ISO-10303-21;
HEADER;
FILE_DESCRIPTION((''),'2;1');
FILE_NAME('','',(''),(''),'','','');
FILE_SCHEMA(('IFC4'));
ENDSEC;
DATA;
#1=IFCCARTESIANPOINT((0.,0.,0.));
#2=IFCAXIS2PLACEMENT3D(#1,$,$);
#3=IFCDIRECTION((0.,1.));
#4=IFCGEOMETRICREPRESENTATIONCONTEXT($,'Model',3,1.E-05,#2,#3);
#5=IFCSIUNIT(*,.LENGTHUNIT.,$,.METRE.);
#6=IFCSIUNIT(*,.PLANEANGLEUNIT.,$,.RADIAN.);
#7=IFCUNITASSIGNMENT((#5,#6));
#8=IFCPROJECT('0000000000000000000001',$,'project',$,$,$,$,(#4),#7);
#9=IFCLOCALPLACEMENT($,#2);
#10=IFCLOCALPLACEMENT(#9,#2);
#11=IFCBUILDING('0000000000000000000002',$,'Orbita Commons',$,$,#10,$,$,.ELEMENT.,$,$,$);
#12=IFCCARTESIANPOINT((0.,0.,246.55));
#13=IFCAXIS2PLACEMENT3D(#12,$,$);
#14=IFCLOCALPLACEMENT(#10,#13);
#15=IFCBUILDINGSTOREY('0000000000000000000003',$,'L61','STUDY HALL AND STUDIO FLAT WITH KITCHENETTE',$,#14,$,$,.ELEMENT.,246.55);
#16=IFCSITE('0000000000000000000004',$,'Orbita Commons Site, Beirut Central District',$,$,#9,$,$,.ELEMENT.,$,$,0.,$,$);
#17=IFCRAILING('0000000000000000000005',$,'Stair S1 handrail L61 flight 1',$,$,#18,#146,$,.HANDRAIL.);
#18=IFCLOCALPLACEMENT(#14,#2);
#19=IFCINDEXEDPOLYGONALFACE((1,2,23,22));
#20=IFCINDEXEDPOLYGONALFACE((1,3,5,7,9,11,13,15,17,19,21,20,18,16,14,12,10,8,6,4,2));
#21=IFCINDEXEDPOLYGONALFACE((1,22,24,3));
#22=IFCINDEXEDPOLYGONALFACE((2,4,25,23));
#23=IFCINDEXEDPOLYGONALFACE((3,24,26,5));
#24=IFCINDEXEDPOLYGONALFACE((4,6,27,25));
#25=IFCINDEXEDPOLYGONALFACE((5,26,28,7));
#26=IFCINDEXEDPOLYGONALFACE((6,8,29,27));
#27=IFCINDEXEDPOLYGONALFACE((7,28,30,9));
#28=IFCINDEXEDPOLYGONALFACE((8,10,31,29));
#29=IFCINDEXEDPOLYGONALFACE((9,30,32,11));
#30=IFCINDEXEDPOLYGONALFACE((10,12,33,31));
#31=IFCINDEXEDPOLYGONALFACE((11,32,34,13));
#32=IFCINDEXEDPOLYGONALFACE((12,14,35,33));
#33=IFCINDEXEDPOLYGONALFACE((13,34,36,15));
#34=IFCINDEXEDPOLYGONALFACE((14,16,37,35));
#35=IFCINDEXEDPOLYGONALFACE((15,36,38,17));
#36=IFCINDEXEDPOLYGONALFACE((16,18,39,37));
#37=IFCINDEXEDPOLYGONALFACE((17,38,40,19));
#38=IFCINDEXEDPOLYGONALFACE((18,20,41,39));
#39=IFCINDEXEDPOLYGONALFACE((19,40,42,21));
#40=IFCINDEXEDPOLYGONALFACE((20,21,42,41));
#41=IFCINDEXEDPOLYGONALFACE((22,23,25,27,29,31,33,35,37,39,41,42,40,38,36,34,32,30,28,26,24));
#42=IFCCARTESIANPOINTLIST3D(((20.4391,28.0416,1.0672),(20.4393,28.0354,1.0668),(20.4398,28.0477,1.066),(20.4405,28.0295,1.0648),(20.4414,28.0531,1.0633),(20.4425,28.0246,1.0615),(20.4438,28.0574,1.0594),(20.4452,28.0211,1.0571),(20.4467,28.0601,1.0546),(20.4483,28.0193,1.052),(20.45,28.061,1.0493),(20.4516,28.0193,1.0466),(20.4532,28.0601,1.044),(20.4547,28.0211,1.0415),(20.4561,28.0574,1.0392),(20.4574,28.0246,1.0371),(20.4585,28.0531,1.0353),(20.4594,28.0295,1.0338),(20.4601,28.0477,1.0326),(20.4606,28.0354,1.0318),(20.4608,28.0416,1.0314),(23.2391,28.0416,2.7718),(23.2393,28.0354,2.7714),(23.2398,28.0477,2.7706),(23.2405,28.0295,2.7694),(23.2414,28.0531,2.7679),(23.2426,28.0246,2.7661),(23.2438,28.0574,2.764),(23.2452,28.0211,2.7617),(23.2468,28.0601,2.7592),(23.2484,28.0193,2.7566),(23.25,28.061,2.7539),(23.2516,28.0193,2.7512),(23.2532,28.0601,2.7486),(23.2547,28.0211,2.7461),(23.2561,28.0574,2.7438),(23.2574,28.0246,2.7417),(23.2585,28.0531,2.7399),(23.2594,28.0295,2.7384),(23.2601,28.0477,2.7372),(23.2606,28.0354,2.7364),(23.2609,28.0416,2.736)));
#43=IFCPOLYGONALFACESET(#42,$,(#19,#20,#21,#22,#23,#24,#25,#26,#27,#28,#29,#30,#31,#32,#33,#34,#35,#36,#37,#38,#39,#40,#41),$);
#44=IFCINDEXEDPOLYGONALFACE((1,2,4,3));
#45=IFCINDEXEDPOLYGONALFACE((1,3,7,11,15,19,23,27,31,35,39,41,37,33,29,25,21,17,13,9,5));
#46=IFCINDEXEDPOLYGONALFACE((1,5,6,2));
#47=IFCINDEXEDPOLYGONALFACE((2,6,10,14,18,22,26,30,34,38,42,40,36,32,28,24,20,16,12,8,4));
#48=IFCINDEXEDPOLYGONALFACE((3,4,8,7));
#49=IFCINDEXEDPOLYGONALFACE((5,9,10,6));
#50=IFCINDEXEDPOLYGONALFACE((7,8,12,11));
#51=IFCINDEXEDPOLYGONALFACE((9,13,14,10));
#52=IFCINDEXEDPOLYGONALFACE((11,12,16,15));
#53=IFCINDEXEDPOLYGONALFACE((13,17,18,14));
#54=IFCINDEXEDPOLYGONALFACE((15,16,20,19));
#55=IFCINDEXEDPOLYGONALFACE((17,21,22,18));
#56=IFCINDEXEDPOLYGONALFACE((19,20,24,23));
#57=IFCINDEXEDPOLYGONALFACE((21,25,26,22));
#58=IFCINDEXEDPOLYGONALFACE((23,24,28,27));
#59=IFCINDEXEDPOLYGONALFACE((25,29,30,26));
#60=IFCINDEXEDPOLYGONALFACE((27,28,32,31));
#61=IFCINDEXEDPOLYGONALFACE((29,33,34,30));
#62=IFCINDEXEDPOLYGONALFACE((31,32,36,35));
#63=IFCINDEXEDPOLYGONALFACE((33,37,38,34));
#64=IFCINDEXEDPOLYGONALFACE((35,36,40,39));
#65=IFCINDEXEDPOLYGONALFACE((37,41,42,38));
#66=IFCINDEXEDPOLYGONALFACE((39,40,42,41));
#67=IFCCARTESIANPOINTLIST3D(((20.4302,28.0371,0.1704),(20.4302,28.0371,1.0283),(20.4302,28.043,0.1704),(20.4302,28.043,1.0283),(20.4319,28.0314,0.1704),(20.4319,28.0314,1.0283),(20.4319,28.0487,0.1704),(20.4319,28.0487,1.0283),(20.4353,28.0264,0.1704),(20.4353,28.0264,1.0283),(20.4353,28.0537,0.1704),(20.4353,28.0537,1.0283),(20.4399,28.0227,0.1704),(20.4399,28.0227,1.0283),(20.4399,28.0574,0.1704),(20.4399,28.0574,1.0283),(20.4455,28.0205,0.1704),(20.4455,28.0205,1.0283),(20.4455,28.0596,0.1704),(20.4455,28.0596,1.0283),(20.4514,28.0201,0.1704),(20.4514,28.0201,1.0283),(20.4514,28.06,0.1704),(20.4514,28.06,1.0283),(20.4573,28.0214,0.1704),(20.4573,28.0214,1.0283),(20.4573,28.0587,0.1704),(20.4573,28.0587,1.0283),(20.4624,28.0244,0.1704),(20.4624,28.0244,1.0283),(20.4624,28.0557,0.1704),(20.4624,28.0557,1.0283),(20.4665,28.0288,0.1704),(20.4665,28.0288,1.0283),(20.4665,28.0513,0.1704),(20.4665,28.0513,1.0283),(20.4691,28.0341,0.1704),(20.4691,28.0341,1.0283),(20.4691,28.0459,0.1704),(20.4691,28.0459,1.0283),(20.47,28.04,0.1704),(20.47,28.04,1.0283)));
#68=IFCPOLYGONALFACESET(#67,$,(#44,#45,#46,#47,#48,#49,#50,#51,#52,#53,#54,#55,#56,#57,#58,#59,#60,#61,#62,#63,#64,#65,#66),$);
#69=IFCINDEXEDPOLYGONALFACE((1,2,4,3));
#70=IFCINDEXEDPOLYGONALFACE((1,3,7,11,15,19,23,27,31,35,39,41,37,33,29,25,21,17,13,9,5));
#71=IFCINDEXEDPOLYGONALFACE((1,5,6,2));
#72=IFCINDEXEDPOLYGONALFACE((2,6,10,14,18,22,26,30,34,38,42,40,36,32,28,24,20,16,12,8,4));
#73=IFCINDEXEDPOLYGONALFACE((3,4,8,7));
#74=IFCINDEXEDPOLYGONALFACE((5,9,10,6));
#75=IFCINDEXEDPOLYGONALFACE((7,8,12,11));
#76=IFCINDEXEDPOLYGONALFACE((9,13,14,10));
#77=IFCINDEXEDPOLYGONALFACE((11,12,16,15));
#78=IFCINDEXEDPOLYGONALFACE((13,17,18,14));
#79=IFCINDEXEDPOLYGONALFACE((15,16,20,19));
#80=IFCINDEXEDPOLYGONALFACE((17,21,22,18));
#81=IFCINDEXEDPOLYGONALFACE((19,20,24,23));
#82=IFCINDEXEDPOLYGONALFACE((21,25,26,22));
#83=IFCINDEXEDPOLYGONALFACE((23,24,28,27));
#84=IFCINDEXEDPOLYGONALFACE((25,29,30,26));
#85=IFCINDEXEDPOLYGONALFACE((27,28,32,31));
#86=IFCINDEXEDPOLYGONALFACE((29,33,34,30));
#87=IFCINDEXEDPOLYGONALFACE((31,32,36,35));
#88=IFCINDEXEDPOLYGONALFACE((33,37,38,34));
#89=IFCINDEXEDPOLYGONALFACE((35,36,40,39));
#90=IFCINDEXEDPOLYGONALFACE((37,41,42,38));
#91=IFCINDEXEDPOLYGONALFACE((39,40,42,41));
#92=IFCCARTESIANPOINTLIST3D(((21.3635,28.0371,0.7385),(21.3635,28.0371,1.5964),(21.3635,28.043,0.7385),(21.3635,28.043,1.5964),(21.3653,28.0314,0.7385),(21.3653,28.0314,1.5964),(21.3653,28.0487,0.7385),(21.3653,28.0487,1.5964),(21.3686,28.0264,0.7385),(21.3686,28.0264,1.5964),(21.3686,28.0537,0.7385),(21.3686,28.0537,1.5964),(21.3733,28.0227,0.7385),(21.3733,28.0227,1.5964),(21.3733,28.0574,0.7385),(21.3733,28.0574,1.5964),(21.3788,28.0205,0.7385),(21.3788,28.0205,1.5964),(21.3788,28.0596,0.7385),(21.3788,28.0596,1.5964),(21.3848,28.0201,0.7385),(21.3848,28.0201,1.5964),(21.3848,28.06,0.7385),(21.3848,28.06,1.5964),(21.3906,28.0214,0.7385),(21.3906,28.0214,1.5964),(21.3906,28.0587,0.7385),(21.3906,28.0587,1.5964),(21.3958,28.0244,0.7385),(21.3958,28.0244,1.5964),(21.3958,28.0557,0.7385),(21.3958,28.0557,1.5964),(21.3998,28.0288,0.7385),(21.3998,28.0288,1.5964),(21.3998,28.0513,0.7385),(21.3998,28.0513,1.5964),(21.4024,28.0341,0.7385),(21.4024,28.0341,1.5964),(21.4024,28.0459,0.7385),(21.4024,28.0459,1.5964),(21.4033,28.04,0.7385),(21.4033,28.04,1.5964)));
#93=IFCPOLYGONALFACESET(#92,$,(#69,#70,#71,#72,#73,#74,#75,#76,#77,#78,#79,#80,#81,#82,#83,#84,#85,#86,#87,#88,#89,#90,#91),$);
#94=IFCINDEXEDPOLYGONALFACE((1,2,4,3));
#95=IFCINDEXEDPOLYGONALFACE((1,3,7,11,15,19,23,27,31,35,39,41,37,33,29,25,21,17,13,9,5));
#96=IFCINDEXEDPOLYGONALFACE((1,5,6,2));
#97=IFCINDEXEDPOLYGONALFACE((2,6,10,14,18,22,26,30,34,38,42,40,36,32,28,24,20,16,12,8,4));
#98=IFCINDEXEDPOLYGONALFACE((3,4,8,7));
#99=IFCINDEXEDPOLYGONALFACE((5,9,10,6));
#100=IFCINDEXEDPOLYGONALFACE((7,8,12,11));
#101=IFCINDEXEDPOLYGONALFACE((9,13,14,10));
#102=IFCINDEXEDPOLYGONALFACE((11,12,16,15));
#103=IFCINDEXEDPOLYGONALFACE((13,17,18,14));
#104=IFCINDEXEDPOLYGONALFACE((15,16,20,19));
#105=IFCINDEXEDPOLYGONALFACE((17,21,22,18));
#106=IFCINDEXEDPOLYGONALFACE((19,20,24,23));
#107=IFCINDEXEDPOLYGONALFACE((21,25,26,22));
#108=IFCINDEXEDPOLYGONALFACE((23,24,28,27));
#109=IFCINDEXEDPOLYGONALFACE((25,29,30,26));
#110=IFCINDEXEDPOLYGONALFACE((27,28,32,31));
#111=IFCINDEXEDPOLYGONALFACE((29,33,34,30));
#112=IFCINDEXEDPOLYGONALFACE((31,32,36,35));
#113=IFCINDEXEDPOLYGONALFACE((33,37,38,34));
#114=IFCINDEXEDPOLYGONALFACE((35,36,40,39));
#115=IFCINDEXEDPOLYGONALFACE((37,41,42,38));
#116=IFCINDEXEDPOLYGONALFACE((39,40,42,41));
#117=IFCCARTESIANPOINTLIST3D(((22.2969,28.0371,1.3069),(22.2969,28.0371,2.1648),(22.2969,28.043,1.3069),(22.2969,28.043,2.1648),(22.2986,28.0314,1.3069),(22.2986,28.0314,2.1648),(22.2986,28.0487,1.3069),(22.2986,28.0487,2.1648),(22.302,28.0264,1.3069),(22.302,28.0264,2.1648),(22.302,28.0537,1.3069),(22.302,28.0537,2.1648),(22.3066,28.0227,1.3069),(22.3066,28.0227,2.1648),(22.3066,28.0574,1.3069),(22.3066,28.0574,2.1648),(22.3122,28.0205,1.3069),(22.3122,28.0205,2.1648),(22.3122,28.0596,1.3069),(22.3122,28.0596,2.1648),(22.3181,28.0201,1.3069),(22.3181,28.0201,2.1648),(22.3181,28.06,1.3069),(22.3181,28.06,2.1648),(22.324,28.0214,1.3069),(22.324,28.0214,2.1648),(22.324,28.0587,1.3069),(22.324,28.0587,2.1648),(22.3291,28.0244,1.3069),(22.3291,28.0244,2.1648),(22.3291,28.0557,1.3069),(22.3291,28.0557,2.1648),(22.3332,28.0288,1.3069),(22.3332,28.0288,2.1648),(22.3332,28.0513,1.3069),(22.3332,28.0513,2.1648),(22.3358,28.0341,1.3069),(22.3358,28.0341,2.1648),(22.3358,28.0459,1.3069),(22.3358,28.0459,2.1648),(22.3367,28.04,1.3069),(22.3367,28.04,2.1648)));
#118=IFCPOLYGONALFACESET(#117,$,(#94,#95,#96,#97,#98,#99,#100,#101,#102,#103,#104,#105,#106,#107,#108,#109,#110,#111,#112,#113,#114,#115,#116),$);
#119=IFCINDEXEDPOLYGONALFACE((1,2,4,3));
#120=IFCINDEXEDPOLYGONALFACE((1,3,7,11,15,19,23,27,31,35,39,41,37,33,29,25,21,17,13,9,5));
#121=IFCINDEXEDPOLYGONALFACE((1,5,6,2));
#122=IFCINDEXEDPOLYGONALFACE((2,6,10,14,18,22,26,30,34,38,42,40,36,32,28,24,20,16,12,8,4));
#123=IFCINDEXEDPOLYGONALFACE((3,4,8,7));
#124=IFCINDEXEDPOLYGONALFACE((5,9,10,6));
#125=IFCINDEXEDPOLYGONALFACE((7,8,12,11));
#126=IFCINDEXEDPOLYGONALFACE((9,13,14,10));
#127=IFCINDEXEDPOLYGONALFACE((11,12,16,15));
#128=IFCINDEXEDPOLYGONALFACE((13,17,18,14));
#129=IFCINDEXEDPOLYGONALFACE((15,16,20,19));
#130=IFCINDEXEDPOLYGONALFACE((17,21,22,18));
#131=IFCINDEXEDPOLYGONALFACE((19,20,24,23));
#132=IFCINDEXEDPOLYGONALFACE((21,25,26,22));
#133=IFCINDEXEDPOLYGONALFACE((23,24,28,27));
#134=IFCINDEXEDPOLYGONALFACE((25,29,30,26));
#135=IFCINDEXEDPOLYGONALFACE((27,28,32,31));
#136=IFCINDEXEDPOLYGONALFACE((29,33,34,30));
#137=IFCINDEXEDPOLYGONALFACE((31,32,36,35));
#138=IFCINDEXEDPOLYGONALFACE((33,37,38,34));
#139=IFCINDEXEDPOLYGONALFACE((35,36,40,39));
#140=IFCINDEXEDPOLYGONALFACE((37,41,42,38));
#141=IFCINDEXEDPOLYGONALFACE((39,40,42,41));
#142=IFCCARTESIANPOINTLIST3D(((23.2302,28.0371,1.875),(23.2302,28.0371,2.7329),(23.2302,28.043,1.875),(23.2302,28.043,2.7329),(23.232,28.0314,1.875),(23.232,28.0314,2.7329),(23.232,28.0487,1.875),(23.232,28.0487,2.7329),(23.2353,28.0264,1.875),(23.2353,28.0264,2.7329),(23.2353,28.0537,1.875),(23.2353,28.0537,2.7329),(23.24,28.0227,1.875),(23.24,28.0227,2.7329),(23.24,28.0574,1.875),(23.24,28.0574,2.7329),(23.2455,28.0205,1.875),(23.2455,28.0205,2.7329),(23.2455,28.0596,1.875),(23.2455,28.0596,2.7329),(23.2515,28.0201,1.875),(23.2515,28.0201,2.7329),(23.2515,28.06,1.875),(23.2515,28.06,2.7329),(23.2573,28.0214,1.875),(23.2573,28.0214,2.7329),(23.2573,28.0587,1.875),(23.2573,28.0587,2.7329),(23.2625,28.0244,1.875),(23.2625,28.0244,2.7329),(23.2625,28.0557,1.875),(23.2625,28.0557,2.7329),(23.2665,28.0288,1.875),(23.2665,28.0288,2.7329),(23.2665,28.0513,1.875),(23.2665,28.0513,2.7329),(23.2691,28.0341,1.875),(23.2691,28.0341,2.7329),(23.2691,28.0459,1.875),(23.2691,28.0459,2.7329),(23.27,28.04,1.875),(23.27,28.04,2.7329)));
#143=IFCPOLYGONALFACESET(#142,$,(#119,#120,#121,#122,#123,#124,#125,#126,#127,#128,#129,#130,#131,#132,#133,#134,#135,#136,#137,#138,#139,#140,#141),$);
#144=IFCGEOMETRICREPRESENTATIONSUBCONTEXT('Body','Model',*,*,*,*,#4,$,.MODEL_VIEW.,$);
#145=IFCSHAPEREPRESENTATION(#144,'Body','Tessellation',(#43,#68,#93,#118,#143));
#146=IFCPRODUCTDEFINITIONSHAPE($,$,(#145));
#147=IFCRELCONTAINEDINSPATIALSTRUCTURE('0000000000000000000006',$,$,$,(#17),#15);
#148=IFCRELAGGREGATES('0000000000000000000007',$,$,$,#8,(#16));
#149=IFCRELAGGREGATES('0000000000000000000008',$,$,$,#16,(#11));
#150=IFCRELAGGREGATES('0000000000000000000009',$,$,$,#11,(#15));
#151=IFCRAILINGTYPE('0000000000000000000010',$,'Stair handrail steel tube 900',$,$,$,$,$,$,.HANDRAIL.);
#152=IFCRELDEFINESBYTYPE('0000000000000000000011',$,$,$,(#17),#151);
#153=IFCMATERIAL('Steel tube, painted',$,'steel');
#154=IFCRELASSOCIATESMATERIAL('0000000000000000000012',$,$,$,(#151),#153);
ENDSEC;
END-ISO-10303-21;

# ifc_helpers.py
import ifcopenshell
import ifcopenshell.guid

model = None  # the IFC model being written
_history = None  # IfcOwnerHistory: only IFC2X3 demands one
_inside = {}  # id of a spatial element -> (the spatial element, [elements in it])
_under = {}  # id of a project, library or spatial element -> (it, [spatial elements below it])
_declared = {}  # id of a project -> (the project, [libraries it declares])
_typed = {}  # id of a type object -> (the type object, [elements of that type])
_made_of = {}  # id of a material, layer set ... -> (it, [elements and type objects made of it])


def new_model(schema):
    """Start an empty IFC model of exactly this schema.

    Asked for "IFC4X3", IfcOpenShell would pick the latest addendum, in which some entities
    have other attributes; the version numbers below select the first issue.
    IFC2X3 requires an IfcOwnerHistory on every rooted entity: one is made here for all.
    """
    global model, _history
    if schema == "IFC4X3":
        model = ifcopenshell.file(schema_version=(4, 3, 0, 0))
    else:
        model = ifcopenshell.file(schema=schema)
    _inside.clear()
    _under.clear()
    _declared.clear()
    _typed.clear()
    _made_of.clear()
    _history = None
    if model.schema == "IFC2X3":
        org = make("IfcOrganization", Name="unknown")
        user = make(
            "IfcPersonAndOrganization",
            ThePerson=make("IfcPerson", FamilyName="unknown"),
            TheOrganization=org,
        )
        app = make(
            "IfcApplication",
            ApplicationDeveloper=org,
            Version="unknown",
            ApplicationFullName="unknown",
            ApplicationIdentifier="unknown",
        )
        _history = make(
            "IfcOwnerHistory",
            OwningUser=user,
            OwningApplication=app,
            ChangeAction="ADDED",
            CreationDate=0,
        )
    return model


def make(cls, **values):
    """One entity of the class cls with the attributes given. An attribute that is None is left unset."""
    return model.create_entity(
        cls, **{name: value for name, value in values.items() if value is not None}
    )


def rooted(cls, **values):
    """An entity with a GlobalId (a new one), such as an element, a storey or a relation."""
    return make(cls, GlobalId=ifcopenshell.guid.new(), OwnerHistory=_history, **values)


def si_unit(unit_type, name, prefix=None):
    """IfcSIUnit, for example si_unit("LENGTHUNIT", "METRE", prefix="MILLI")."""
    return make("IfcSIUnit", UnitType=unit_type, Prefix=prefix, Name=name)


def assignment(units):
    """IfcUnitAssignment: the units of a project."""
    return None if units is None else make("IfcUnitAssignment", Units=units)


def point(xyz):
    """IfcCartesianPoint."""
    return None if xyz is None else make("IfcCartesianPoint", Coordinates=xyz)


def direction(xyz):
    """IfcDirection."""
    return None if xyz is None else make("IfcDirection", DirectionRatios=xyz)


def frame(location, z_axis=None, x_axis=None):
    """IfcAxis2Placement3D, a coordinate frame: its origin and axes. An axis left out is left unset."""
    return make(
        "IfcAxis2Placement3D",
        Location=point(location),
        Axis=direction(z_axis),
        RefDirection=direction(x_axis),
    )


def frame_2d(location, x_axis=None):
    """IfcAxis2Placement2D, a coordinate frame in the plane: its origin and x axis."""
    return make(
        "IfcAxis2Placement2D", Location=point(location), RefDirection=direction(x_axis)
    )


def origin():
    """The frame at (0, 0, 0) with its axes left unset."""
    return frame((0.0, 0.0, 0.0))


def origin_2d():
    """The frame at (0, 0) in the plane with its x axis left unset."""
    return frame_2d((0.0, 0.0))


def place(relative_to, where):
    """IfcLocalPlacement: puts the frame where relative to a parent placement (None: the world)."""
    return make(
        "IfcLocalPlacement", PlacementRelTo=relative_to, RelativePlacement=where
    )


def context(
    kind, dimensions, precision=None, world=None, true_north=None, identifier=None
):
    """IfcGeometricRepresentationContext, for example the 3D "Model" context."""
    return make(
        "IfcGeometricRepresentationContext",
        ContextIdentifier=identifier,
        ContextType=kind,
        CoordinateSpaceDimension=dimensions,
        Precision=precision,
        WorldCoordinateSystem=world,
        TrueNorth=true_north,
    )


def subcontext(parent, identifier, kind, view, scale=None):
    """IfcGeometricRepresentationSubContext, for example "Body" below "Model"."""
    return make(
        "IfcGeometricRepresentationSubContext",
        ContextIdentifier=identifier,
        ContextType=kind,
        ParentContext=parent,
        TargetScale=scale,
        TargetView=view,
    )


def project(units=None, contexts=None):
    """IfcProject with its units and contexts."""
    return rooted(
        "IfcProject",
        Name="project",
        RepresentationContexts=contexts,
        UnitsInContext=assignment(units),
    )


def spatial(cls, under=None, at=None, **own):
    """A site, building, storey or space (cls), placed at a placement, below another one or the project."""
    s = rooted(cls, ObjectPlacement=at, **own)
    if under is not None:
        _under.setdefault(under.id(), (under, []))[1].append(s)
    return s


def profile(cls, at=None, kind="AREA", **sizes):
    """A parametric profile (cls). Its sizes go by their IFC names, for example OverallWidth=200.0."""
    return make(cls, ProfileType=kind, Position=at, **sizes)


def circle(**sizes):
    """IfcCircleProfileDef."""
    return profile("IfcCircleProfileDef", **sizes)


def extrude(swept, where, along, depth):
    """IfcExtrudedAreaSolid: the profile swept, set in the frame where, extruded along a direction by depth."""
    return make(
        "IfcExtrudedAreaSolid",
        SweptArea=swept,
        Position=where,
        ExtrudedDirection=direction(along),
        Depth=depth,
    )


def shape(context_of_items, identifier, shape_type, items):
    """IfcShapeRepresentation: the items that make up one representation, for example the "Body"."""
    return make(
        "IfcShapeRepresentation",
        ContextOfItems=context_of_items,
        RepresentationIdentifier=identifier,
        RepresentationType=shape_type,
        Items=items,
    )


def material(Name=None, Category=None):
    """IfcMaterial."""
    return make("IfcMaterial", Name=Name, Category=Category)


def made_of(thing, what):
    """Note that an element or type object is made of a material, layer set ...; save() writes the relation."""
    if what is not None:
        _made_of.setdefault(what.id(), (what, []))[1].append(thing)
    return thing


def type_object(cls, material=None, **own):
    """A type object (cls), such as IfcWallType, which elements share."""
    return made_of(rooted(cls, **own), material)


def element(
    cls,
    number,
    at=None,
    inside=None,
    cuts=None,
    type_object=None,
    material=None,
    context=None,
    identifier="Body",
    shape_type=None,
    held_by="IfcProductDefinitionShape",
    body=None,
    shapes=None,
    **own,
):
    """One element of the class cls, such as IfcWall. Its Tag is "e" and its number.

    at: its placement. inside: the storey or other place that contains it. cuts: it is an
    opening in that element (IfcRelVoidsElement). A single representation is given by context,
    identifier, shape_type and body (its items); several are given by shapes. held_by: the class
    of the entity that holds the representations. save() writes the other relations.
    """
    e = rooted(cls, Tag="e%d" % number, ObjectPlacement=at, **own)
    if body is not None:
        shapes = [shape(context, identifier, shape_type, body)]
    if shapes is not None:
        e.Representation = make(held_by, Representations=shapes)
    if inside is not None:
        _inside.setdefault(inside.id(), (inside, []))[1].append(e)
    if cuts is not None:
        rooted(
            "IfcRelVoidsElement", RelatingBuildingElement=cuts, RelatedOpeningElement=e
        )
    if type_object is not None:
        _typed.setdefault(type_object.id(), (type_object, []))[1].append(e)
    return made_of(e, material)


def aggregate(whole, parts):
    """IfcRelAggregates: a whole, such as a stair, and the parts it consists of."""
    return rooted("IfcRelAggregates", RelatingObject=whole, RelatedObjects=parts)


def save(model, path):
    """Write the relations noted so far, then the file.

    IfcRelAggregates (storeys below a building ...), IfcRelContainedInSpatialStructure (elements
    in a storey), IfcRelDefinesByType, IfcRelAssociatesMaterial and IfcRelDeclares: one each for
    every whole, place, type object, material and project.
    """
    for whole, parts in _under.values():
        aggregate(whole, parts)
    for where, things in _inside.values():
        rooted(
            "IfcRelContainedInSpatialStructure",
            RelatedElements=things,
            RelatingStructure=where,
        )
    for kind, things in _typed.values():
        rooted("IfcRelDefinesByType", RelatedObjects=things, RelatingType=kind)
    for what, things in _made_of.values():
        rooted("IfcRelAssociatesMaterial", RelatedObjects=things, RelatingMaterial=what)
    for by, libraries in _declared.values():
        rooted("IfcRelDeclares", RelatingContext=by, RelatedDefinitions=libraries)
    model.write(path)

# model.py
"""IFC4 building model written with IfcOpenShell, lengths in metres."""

from ifc_helpers import new_model, si_unit, direction, frame, origin, origin_2d, place, context, subcontext, project, spatial, circle, extrude, material, type_object, element, save


model = new_model("IFC4")

# Units and contexts
model_context = context("Model", 3, precision=1e-05, world=origin(), true_north=direction((0.0, 1.0)))
body_context = subcontext(model_context, "Body", "Model", "MODEL_VIEW")
ifc_project = project(units=[si_unit("LENGTHUNIT", "METRE"), si_unit("PLANEANGLEUNIT", "RADIAN")], contexts=[model_context])

# Site, building, storey
site_placement = place(None, origin())
site = spatial("IfcSite", under=ifc_project, at=site_placement, Name="Orbita Commons Site, Beirut Central District", CompositionType="ELEMENT", RefElevation=0.0)
building_placement = place(site_placement, origin())
building = spatial("IfcBuilding", under=site, at=building_placement, Name="Orbita Commons", CompositionType="ELEMENT")
storey_placement = place(building_placement, frame((0.0, 0.0, 246.55)))
storey = spatial("IfcBuildingStorey", under=building, at=storey_placement, Name="L61", Description="STUDY HALL AND STUDIO FLAT WITH KITCHENETTE", CompositionType="ELEMENT", Elevation=246.55)

# Railing
ifc_material_1 = material(Name="Steel tube, painted", Category="steel")
railing_type = type_object("IfcRailingType", Name="Stair handrail steel tube 900", PredefinedType="HANDRAIL", material=ifc_material_1)
for number, where, name in (
    (1, (20.45, 28.04, 0.1704), "Stair S1 handrail L61 flight 1"),
):
    element("IfcRailing", number, at=place(storey_placement, frame(where)), inside=storey, type_object=railing_type, Name=name, PredefinedType="HANDRAIL", context=body_context, shape_type="SweptSolid", body=[
        extrude(circle(Radius=0.021, at=origin_2d()), frame((0.0, 0.0, 0.8789), z_axis=(0.85417, 0.0, 0.519994), x_axis=(0.0, 1.0, 0.0)), (0.0, 0.0, 1.0), 3.2781),
        extrude(circle(Radius=0.02, at=origin_2d()), origin(), (0.0, 0.0, 1.0), 0.8579),
        extrude(circle(Radius=0.02, at=origin_2d()), frame((0.9333, 0.0, 0.5681)), (0.0, 0.0, 1.0), 0.8579),
        extrude(circle(Radius=0.02, at=origin_2d()), frame((1.8667, 0.0, 1.1365)), (0.0, 0.0, 1.0), 0.8579),
        extrude(circle(Radius=0.02, at=origin_2d()), frame((2.8, 0.0, 1.7046)), (0.0, 0.0, 1.0), 0.8579),
    ])

save(model, "model.ifc")
